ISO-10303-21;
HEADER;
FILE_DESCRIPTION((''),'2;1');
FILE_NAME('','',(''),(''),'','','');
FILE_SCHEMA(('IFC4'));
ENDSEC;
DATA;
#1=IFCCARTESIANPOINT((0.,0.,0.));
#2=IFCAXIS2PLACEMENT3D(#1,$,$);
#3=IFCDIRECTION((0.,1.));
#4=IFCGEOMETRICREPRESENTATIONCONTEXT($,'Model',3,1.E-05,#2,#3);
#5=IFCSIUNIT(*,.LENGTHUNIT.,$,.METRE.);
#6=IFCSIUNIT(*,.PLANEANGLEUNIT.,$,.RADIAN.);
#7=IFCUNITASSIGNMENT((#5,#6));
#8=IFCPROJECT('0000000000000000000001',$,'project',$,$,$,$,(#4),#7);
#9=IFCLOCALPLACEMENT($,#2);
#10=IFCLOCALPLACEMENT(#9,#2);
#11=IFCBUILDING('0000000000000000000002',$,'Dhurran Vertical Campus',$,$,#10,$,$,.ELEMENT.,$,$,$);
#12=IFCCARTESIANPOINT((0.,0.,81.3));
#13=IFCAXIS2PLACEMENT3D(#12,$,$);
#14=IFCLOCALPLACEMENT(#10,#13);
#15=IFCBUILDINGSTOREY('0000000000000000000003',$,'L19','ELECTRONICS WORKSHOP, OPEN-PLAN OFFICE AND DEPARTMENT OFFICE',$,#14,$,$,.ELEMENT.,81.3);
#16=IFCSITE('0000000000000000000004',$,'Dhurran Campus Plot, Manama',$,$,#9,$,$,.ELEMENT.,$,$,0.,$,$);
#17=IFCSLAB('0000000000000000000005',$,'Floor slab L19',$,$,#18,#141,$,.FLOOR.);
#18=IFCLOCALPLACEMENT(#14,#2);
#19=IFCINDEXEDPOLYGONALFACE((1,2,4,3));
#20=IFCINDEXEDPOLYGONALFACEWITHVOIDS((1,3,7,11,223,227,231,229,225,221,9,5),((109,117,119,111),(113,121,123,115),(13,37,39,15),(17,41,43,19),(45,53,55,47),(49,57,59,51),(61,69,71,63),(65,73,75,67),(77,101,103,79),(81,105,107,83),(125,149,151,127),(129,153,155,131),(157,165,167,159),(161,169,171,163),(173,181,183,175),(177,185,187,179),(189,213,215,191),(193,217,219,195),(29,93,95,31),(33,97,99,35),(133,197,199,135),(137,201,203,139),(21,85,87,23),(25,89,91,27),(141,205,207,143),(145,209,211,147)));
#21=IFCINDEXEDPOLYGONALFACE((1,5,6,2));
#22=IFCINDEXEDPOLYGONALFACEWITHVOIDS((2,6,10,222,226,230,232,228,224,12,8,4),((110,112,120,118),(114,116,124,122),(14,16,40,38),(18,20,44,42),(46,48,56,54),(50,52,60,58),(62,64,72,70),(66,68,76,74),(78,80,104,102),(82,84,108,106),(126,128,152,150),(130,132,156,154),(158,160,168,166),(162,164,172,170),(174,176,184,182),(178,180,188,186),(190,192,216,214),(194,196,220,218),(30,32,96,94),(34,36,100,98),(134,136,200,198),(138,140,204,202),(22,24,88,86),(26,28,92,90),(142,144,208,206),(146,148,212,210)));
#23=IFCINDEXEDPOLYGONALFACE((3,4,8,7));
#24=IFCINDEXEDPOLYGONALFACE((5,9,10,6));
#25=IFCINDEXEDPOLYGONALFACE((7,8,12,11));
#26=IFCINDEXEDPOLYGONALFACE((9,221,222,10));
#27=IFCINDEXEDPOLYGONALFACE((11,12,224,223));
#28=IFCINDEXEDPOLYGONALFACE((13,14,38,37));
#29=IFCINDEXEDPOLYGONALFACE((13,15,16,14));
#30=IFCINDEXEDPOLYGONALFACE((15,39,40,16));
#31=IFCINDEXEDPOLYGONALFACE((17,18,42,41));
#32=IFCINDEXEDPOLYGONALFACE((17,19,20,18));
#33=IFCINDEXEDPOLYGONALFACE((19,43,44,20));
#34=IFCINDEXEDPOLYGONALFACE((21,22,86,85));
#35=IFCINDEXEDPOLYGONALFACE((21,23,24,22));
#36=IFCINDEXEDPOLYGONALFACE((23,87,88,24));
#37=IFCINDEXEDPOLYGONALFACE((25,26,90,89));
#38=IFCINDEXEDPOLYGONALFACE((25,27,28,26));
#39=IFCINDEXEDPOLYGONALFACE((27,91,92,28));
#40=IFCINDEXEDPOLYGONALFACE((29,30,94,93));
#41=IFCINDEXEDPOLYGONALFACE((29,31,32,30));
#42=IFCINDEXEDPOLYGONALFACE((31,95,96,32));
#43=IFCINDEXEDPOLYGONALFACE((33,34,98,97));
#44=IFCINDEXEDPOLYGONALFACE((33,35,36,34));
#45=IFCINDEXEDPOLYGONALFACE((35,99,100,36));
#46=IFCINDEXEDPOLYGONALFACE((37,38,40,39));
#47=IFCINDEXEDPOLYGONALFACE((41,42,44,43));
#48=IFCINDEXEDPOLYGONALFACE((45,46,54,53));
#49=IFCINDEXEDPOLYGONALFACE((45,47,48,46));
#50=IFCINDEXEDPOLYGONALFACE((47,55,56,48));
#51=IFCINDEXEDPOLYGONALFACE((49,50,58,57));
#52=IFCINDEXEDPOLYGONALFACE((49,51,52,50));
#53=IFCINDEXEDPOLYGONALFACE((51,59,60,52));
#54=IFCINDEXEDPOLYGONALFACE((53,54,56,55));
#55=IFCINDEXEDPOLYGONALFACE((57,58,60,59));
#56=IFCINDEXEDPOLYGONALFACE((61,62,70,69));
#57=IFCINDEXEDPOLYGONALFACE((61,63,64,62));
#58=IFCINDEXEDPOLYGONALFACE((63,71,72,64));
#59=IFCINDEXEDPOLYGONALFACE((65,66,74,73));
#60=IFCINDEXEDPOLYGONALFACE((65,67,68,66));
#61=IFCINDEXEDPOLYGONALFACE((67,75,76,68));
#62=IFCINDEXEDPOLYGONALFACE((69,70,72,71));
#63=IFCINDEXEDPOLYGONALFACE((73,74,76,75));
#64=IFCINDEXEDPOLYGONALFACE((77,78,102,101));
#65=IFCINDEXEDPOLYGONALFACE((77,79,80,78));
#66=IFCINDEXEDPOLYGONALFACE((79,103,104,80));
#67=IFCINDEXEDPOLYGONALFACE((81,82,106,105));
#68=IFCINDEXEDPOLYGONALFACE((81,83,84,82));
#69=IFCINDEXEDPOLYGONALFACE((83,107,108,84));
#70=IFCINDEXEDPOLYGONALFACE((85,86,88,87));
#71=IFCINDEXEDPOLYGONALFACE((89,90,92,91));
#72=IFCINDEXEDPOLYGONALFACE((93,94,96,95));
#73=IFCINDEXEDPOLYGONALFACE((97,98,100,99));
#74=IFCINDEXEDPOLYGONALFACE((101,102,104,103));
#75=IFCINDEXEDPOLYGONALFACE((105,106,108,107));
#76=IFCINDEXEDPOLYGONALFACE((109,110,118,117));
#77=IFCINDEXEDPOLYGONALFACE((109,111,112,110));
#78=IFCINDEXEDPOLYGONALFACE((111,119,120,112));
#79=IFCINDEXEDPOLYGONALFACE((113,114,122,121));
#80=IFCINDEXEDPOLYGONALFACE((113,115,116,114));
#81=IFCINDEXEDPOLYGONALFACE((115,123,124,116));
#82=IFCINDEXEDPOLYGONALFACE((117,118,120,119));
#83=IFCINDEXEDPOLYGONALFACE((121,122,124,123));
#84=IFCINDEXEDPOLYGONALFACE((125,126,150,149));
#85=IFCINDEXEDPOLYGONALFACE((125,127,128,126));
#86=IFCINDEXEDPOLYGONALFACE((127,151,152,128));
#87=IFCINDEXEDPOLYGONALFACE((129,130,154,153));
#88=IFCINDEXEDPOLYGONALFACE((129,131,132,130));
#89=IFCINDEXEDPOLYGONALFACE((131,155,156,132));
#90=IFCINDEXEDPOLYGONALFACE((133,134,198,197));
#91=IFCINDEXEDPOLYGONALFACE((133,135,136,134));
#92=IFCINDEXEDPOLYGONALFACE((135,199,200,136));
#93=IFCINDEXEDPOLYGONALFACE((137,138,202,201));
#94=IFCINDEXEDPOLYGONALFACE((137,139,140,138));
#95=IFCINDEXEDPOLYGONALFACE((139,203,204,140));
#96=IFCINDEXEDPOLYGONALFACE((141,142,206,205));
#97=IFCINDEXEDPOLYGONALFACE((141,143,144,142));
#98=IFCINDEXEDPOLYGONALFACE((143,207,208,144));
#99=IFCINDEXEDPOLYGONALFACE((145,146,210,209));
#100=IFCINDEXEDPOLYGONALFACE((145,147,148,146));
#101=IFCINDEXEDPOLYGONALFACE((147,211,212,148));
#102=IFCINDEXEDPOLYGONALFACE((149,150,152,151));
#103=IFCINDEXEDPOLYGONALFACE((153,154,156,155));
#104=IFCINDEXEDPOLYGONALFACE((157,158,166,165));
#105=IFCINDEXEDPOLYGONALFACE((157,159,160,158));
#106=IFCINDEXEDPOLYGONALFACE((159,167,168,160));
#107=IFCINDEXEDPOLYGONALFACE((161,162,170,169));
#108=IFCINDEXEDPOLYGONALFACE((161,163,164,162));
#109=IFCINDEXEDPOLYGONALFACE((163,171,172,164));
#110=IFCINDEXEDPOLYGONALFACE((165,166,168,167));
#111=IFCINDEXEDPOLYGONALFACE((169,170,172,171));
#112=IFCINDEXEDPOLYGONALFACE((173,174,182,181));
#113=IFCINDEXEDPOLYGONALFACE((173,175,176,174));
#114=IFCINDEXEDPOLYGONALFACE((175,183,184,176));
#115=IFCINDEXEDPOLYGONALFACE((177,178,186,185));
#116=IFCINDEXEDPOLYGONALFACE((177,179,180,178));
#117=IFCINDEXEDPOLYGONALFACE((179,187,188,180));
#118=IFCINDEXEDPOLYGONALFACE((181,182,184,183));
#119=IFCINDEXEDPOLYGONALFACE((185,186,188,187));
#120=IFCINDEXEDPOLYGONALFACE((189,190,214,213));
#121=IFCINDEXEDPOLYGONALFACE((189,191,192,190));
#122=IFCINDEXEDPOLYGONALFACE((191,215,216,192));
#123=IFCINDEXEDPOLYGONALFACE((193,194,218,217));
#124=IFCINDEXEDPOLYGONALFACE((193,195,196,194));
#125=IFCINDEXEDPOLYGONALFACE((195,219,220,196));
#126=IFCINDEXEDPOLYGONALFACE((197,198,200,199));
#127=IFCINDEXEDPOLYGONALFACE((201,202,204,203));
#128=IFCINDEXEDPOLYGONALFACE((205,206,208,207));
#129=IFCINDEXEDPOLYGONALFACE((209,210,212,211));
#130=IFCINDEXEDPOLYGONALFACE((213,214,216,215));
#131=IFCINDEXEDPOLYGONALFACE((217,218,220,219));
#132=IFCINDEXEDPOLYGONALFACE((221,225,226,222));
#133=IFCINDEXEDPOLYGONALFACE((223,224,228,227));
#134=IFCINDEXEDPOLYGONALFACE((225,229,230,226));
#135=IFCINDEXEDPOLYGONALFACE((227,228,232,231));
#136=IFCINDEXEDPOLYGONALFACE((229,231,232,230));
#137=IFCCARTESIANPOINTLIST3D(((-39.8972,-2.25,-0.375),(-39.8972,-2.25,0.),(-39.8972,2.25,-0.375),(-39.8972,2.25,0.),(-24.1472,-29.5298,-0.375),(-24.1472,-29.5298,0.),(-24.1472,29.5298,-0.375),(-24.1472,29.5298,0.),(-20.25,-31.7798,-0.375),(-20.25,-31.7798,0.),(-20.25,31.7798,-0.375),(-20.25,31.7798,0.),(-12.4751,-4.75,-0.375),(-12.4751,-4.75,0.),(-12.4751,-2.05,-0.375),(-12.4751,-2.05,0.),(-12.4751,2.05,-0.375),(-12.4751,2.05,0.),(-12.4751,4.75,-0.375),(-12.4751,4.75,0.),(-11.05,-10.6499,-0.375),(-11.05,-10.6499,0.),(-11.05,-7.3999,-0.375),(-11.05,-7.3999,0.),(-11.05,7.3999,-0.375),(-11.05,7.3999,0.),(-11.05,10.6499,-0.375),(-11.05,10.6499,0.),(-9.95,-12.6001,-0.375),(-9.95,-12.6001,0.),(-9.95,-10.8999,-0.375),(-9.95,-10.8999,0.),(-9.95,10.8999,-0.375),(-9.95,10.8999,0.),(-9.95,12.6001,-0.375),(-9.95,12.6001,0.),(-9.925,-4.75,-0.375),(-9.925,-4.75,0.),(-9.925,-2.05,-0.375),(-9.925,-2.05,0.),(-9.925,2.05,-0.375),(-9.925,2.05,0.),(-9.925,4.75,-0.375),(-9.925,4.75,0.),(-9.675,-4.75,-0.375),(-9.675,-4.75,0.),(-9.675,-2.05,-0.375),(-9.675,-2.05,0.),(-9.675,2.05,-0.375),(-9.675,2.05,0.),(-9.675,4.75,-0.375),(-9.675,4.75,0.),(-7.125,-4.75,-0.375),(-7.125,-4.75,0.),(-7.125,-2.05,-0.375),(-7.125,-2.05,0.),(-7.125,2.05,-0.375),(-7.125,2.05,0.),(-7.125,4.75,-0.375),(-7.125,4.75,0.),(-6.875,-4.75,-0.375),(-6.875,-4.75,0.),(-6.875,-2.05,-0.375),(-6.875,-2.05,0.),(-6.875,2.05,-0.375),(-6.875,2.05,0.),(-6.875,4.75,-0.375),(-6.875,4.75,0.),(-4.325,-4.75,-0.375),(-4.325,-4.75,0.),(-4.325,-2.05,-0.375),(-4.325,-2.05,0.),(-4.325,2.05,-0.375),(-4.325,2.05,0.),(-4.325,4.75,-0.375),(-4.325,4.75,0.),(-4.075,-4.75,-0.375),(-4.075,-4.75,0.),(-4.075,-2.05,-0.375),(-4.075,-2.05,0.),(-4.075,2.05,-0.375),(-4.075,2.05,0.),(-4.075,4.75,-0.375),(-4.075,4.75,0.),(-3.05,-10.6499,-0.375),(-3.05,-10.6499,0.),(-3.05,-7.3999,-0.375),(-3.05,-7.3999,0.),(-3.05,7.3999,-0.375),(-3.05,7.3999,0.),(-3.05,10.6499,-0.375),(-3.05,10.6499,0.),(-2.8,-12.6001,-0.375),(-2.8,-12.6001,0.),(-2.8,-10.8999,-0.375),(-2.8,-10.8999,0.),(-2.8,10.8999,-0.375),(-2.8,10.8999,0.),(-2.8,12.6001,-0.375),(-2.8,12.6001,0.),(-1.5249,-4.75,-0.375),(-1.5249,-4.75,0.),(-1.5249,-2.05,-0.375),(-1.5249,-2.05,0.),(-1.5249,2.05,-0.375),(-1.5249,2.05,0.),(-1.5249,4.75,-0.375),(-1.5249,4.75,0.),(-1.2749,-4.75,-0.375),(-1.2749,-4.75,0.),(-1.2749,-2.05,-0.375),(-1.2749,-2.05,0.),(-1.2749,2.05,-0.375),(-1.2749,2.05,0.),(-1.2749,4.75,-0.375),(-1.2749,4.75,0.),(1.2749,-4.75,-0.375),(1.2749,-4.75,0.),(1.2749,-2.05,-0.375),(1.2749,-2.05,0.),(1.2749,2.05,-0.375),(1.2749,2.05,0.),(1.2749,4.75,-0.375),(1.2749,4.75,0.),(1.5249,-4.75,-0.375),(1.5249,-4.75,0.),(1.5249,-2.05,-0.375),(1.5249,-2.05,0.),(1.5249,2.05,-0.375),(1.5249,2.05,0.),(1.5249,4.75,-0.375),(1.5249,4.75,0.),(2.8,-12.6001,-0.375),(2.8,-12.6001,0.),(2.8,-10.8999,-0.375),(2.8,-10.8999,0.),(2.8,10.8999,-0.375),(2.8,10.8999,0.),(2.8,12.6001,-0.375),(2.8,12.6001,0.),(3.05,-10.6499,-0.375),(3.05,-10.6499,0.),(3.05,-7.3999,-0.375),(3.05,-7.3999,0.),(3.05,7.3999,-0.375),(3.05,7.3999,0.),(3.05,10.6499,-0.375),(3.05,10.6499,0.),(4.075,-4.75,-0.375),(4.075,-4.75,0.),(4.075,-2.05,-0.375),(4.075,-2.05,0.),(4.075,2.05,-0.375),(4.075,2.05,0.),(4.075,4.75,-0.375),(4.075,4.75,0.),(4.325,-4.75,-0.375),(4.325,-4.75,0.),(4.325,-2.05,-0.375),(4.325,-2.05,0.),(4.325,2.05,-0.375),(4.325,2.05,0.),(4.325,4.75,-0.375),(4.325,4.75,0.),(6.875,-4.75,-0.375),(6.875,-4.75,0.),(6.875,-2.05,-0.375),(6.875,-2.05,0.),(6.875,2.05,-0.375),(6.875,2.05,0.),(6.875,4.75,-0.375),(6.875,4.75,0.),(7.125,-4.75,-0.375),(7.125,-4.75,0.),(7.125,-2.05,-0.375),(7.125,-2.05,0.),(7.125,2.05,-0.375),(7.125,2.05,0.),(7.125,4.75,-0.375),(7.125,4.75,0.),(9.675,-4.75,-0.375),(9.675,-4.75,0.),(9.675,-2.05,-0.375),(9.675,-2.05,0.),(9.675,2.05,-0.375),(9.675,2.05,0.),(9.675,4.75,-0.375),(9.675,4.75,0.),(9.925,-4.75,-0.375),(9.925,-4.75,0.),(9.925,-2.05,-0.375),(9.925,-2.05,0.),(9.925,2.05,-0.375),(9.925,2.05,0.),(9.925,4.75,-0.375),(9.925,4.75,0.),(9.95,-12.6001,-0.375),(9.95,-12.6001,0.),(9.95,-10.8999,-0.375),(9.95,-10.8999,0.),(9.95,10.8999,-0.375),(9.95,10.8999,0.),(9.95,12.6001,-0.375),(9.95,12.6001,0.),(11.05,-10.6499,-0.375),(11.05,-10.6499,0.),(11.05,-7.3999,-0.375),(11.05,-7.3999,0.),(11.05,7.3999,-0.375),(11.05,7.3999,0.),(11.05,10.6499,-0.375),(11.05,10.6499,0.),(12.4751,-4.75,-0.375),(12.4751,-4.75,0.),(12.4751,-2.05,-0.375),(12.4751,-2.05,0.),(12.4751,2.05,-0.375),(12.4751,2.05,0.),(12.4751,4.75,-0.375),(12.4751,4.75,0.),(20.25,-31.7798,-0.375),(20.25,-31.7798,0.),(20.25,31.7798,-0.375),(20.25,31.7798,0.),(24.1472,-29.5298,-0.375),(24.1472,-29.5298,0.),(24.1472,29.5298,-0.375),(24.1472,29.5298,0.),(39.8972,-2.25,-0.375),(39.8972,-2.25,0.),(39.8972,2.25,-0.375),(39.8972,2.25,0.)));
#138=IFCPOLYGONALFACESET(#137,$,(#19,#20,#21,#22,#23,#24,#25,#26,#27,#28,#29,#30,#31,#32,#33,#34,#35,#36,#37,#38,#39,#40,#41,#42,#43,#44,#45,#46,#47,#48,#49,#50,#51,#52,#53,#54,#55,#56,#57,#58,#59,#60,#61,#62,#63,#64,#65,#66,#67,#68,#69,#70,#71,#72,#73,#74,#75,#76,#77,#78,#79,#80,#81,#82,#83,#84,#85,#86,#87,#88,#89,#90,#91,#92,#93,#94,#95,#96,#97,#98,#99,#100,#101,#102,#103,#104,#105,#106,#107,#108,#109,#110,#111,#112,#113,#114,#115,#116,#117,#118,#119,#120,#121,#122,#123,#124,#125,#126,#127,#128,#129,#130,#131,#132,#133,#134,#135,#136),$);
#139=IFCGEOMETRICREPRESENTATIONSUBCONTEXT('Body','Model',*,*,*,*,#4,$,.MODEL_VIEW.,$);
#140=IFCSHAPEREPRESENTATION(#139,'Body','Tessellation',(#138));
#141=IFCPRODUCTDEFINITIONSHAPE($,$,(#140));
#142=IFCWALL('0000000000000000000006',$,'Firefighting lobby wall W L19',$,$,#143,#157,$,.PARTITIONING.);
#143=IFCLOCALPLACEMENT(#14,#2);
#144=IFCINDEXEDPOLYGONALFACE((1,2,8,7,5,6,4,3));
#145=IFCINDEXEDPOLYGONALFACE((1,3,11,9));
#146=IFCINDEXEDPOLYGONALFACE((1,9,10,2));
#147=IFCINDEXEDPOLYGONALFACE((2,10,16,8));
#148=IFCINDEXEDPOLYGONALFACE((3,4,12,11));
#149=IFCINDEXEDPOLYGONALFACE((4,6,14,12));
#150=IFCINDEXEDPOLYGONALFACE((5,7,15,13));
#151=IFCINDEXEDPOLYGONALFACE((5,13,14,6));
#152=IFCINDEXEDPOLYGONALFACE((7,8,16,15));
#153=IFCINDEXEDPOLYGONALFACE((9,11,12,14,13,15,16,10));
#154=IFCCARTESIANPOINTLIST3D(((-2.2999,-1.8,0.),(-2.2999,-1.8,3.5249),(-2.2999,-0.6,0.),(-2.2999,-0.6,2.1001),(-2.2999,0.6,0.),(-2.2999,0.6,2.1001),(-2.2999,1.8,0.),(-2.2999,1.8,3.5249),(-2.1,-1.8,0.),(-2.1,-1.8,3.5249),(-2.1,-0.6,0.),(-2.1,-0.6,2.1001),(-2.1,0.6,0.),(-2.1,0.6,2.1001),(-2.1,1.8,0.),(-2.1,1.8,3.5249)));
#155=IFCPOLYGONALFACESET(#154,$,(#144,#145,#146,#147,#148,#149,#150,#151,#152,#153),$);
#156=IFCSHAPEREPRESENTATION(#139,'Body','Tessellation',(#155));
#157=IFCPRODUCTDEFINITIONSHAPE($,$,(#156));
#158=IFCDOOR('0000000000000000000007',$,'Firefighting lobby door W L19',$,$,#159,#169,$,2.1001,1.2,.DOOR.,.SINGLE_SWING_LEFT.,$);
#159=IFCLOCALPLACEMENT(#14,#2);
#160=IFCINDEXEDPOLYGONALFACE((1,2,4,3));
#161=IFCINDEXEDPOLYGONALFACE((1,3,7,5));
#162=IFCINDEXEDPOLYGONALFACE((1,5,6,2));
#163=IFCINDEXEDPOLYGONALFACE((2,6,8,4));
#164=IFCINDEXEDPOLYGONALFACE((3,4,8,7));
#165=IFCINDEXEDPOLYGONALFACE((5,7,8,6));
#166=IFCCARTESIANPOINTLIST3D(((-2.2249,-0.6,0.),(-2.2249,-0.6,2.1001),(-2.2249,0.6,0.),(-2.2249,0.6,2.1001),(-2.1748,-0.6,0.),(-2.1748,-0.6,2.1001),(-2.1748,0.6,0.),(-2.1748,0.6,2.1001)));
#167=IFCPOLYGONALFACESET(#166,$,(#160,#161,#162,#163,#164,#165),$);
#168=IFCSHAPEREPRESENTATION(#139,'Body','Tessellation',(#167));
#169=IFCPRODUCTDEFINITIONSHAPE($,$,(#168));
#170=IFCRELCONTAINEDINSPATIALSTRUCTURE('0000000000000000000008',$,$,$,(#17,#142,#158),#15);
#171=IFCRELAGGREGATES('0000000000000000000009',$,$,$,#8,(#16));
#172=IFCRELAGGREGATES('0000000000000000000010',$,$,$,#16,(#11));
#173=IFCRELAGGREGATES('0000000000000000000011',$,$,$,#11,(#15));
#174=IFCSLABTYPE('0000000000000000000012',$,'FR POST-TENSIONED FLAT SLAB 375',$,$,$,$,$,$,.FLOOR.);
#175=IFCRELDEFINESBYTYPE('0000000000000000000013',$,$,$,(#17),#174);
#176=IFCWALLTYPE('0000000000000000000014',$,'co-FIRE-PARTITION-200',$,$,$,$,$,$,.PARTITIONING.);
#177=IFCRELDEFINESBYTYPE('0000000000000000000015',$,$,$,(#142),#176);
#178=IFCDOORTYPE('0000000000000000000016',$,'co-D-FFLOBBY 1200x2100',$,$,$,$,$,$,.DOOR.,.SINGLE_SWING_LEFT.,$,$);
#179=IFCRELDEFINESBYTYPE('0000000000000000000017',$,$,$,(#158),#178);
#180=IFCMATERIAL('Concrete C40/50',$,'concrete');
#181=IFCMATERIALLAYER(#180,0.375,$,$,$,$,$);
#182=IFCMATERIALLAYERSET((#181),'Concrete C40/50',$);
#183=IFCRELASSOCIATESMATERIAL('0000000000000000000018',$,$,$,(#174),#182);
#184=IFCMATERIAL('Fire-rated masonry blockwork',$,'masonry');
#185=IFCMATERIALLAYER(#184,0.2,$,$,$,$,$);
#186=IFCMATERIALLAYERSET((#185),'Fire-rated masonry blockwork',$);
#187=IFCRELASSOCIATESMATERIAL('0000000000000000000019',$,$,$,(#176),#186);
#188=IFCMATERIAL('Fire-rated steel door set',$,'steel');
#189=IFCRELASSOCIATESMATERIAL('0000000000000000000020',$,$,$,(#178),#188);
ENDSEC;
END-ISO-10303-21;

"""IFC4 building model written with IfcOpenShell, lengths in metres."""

from ifc_helpers import new_model, si_unit, direction, frame, frame_2d, origin, place, context, subcontext, project, spatial, polyline, rectangle, outline, extrude, material, layer, layer_set, type_object, element, fill, save


model = new_model("IFC4")

# Units and contexts
model_context = context("Model", 3, precision=1e-05, world=origin(), true_north=direction((0.0, 1.0)))
body_context = subcontext(model_context, "Body", "Model", "MODEL_VIEW")
ifc_project = project(units=[si_unit("LENGTHUNIT", "METRE"), si_unit("PLANEANGLEUNIT", "RADIAN")], contexts=[model_context])

# Site, building, storey
site_placement = place(None, origin())
site = spatial("IfcSite", under=ifc_project, at=site_placement, Name="Dhurran Campus Plot, Manama", CompositionType="ELEMENT", RefElevation=0.0)
building_placement = place(site_placement, origin())
building = spatial("IfcBuilding", under=site, at=building_placement, Name="Dhurran Vertical Campus", CompositionType="ELEMENT")
storey_placement = place(building_placement, frame((0.0, 0.0, 81.3)))
storey = spatial("IfcBuildingStorey", under=building, at=storey_placement, Name="L19", Description="ELECTRONICS WORKSHOP, OPEN-PLAN OFFICE AND DEPARTMENT OFFICE", CompositionType="ELEMENT", Elevation=81.3)

# Slab
ifc_material_1 = material(Name="Concrete C40/50", Category="concrete")
ifc_layer_1 = layer(ifc_material_1, 0.375)
ifc_layer_set_1 = layer_set([ifc_layer_1], Name="Concrete C40/50")
slab_type = type_object("IfcSlabType", Name="FR POST-TENSIONED FLAT SLAB 375", PredefinedType="FLOOR", material=ifc_layer_set_1)
slab_placement = place(storey_placement, frame((0.0, 0.0, -0.375)))
element("IfcSlab", 1, at=slab_placement, inside=storey, type_object=slab_type, Name="Floor slab L19", PredefinedType="FLOOR", context=body_context, shape_type="SweptSolid", body=[
    extrude(outline(polyline([(-20.25, -31.7798), (20.25, -31.7798), (24.1472, -29.5298), (39.8972, -2.25), (39.8972, 2.25), (24.1472, 29.5298), (20.25, 31.7798), (-20.25, 31.7798), (-24.1472, 29.5298), (-39.8972, 2.25), (-39.8972, -2.25), (-24.1472, -29.5298), (-20.25, -31.7798)]), holes=[polyline([(-12.4751, 2.05), (-9.925, 2.05), (-9.925, 4.75), (-12.4751, 4.75), (-12.4751, 2.05)]), polyline([(-9.675, 2.05), (-7.125, 2.05), (-7.125, 4.75), (-9.675, 4.75), (-9.675, 2.05)]), polyline([(-6.875, 2.05), (-4.325, 2.05), (-4.325, 4.75), (-6.875, 4.75), (-6.875, 2.05)]), polyline([(-1.2749, 2.05), (1.2749, 2.05), (1.2749, 4.75), (-1.2749, 4.75), (-1.2749, 2.05)]), polyline([(9.925, 2.05), (12.4751, 2.05), (12.4751, 4.75), (9.925, 4.75), (9.925, 2.05)]), polyline([(-1.2749, -4.75), (1.2749, -4.75), (1.2749, -2.05), (-1.2749, -2.05), (-1.2749, -4.75)]), polyline([(1.5249, -4.75), (4.075, -4.75), (4.075, -2.05), (1.5249, -2.05), (1.5249, -4.75)]), polyline([(4.325, -4.75), (6.875, -4.75), (6.875, -2.05), (4.325, -2.05), (4.325, -4.75)]), polyline([(7.125, -4.75), (9.675, -4.75), (9.675, -2.05), (7.125, -2.05), (7.125, -4.75)]), polyline([(9.925, -4.75), (12.4751, -4.75), (12.4751, -2.05), (9.925, -2.05), (9.925, -4.75)]), polyline([(-4.075, 2.05), (-1.5249, 2.05), (-1.5249, 4.75), (-4.075, 4.75), (-4.075, 2.05)]), polyline([(1.5249, 2.05), (4.075, 2.05), (4.075, 4.75), (1.5249, 4.75), (1.5249, 2.05)]), polyline([(4.325, 2.05), (6.875, 2.05), (6.875, 4.75), (4.325, 4.75), (4.325, 2.05)]), polyline([(7.125, 2.05), (9.675, 2.05), (9.675, 4.75), (7.125, 4.75), (7.125, 2.05)]), polyline([(-12.4751, -4.75), (-9.925, -4.75), (-9.925, -2.05), (-12.4751, -2.05), (-12.4751, -4.75)]), polyline([(-9.675, -4.75), (-7.125, -4.75), (-7.125, -2.05), (-9.675, -2.05), (-9.675, -4.75)]), polyline([(-6.875, -4.75), (-4.325, -4.75), (-4.325, -2.05), (-6.875, -2.05), (-6.875, -4.75)]), polyline([(-4.075, -4.75), (-1.5249, -4.75), (-1.5249, -2.05), (-4.075, -2.05), (-4.075, -4.75)]), polyline([(-11.05, 7.3999), (-3.05, 7.3999), (-3.05, 10.6499), (-11.05, 10.6499), (-11.05, 7.3999)]), polyline([(3.05, 7.3999), (11.05, 7.3999), (11.05, 10.6499), (3.05, 10.6499), (3.05, 7.3999)]), polyline([(-11.05, -10.6499), (-3.05, -10.6499), (-3.05, -7.3999), (-11.05, -7.3999), (-11.05, -10.6499)]), polyline([(3.05, -10.6499), (11.05, -10.6499), (11.05, -7.3999), (3.05, -7.3999), (3.05, -10.6499)]), polyline([(-9.95, 10.8999), (-9.95, 12.6001), (-2.8, 12.6001), (-2.8, 10.8999), (-9.95, 10.8999)]), polyline([(9.95, 12.6001), (9.95, 10.8999), (2.8, 10.8999), (2.8, 12.6001), (9.95, 12.6001)]), polyline([(-9.95, -12.6001), (-9.95, -10.8999), (-2.8, -10.8999), (-2.8, -12.6001), (-9.95, -12.6001)]), polyline([(9.95, -10.8999), (9.95, -12.6001), (2.8, -12.6001), (2.8, -10.8999), (9.95, -10.8999)])]), origin(), (0.0, 0.0, 1.0), 0.375),
])

# Wall, opening, door
ifc_material_2 = material(Name="Fire-rated masonry blockwork", Category="masonry")
ifc_layer_2 = layer(ifc_material_2, 0.2)
ifc_layer_set_2 = layer_set([ifc_layer_2], Name="Fire-rated masonry blockwork")
wall_type_1 = type_object("IfcWallType", Name="co-FIRE-PARTITION-200", PredefinedType="PARTITIONING", material=ifc_layer_set_2)
wall_1_placement = place(storey_placement, frame((-2.2, -1.8, 0.0), z_axis=(0.0, 0.0, 1.0), x_axis=(0.0, 1.0, 0.0)))
wall_1 = element("IfcWall", 2, at=wall_1_placement, inside=storey, type_object=wall_type_1, Name="Firefighting lobby wall W L19", PredefinedType="PARTITIONING", context=body_context, shape_type="SweptSolid", body=[
    extrude(rectangle(XDim=3.6001, YDim=0.2, at=frame_2d((1.8, 0.0))), origin(), (0.0, 0.0, 1.0), 3.5249),
])
opening_1_placement = place(wall_1_placement, frame((1.2, 0.0, 0.0)))
opening_1 = element("IfcOpeningElement", 3, at=opening_1_placement, cuts=wall_1, PredefinedType="OPENING", context=body_context, shape_type="SweptSolid", body=[
    extrude(rectangle(XDim=1.2, YDim=2.1001, at=frame_2d((0.6001, 1.05))), frame((0.0, 0.1099, 0.0), z_axis=(0.0, -1.0, 0.0), x_axis=(1.0, 0.0, 0.0)), (0.0, 0.0, 1.0), 0.22),
])
ifc_material_3 = material(Name="Fire-rated steel door set", Category="steel")
door_type_1 = type_object("IfcDoorType", Name="co-D-FFLOBBY 1200x2100", OperationType="SINGLE_SWING_LEFT", PredefinedType="DOOR", material=ifc_material_3)
door_1_placement = place(opening_1_placement, origin())
door_1 = element("IfcDoor", 4, at=door_1_placement, inside=storey, type_object=door_type_1, Name="Firefighting lobby door W L19", OperationType="SINGLE_SWING_LEFT", OverallHeight=2.1001, OverallWidth=1.2, PredefinedType="DOOR", context=body_context, shape_type="SweptSolid", body=[
    extrude(rectangle(XDim=1.2, YDim=2.1001, at=frame_2d((0.6001, 1.05))), frame((0.0, 0.0249, 0.0), z_axis=(0.0, -1.0, 0.0), x_axis=(1.0, 0.0, 0.0)), (0.0, 0.0, 1.0), 0.05),
])
fill(opening_1, door_1)

save(model, "model.ifc")
